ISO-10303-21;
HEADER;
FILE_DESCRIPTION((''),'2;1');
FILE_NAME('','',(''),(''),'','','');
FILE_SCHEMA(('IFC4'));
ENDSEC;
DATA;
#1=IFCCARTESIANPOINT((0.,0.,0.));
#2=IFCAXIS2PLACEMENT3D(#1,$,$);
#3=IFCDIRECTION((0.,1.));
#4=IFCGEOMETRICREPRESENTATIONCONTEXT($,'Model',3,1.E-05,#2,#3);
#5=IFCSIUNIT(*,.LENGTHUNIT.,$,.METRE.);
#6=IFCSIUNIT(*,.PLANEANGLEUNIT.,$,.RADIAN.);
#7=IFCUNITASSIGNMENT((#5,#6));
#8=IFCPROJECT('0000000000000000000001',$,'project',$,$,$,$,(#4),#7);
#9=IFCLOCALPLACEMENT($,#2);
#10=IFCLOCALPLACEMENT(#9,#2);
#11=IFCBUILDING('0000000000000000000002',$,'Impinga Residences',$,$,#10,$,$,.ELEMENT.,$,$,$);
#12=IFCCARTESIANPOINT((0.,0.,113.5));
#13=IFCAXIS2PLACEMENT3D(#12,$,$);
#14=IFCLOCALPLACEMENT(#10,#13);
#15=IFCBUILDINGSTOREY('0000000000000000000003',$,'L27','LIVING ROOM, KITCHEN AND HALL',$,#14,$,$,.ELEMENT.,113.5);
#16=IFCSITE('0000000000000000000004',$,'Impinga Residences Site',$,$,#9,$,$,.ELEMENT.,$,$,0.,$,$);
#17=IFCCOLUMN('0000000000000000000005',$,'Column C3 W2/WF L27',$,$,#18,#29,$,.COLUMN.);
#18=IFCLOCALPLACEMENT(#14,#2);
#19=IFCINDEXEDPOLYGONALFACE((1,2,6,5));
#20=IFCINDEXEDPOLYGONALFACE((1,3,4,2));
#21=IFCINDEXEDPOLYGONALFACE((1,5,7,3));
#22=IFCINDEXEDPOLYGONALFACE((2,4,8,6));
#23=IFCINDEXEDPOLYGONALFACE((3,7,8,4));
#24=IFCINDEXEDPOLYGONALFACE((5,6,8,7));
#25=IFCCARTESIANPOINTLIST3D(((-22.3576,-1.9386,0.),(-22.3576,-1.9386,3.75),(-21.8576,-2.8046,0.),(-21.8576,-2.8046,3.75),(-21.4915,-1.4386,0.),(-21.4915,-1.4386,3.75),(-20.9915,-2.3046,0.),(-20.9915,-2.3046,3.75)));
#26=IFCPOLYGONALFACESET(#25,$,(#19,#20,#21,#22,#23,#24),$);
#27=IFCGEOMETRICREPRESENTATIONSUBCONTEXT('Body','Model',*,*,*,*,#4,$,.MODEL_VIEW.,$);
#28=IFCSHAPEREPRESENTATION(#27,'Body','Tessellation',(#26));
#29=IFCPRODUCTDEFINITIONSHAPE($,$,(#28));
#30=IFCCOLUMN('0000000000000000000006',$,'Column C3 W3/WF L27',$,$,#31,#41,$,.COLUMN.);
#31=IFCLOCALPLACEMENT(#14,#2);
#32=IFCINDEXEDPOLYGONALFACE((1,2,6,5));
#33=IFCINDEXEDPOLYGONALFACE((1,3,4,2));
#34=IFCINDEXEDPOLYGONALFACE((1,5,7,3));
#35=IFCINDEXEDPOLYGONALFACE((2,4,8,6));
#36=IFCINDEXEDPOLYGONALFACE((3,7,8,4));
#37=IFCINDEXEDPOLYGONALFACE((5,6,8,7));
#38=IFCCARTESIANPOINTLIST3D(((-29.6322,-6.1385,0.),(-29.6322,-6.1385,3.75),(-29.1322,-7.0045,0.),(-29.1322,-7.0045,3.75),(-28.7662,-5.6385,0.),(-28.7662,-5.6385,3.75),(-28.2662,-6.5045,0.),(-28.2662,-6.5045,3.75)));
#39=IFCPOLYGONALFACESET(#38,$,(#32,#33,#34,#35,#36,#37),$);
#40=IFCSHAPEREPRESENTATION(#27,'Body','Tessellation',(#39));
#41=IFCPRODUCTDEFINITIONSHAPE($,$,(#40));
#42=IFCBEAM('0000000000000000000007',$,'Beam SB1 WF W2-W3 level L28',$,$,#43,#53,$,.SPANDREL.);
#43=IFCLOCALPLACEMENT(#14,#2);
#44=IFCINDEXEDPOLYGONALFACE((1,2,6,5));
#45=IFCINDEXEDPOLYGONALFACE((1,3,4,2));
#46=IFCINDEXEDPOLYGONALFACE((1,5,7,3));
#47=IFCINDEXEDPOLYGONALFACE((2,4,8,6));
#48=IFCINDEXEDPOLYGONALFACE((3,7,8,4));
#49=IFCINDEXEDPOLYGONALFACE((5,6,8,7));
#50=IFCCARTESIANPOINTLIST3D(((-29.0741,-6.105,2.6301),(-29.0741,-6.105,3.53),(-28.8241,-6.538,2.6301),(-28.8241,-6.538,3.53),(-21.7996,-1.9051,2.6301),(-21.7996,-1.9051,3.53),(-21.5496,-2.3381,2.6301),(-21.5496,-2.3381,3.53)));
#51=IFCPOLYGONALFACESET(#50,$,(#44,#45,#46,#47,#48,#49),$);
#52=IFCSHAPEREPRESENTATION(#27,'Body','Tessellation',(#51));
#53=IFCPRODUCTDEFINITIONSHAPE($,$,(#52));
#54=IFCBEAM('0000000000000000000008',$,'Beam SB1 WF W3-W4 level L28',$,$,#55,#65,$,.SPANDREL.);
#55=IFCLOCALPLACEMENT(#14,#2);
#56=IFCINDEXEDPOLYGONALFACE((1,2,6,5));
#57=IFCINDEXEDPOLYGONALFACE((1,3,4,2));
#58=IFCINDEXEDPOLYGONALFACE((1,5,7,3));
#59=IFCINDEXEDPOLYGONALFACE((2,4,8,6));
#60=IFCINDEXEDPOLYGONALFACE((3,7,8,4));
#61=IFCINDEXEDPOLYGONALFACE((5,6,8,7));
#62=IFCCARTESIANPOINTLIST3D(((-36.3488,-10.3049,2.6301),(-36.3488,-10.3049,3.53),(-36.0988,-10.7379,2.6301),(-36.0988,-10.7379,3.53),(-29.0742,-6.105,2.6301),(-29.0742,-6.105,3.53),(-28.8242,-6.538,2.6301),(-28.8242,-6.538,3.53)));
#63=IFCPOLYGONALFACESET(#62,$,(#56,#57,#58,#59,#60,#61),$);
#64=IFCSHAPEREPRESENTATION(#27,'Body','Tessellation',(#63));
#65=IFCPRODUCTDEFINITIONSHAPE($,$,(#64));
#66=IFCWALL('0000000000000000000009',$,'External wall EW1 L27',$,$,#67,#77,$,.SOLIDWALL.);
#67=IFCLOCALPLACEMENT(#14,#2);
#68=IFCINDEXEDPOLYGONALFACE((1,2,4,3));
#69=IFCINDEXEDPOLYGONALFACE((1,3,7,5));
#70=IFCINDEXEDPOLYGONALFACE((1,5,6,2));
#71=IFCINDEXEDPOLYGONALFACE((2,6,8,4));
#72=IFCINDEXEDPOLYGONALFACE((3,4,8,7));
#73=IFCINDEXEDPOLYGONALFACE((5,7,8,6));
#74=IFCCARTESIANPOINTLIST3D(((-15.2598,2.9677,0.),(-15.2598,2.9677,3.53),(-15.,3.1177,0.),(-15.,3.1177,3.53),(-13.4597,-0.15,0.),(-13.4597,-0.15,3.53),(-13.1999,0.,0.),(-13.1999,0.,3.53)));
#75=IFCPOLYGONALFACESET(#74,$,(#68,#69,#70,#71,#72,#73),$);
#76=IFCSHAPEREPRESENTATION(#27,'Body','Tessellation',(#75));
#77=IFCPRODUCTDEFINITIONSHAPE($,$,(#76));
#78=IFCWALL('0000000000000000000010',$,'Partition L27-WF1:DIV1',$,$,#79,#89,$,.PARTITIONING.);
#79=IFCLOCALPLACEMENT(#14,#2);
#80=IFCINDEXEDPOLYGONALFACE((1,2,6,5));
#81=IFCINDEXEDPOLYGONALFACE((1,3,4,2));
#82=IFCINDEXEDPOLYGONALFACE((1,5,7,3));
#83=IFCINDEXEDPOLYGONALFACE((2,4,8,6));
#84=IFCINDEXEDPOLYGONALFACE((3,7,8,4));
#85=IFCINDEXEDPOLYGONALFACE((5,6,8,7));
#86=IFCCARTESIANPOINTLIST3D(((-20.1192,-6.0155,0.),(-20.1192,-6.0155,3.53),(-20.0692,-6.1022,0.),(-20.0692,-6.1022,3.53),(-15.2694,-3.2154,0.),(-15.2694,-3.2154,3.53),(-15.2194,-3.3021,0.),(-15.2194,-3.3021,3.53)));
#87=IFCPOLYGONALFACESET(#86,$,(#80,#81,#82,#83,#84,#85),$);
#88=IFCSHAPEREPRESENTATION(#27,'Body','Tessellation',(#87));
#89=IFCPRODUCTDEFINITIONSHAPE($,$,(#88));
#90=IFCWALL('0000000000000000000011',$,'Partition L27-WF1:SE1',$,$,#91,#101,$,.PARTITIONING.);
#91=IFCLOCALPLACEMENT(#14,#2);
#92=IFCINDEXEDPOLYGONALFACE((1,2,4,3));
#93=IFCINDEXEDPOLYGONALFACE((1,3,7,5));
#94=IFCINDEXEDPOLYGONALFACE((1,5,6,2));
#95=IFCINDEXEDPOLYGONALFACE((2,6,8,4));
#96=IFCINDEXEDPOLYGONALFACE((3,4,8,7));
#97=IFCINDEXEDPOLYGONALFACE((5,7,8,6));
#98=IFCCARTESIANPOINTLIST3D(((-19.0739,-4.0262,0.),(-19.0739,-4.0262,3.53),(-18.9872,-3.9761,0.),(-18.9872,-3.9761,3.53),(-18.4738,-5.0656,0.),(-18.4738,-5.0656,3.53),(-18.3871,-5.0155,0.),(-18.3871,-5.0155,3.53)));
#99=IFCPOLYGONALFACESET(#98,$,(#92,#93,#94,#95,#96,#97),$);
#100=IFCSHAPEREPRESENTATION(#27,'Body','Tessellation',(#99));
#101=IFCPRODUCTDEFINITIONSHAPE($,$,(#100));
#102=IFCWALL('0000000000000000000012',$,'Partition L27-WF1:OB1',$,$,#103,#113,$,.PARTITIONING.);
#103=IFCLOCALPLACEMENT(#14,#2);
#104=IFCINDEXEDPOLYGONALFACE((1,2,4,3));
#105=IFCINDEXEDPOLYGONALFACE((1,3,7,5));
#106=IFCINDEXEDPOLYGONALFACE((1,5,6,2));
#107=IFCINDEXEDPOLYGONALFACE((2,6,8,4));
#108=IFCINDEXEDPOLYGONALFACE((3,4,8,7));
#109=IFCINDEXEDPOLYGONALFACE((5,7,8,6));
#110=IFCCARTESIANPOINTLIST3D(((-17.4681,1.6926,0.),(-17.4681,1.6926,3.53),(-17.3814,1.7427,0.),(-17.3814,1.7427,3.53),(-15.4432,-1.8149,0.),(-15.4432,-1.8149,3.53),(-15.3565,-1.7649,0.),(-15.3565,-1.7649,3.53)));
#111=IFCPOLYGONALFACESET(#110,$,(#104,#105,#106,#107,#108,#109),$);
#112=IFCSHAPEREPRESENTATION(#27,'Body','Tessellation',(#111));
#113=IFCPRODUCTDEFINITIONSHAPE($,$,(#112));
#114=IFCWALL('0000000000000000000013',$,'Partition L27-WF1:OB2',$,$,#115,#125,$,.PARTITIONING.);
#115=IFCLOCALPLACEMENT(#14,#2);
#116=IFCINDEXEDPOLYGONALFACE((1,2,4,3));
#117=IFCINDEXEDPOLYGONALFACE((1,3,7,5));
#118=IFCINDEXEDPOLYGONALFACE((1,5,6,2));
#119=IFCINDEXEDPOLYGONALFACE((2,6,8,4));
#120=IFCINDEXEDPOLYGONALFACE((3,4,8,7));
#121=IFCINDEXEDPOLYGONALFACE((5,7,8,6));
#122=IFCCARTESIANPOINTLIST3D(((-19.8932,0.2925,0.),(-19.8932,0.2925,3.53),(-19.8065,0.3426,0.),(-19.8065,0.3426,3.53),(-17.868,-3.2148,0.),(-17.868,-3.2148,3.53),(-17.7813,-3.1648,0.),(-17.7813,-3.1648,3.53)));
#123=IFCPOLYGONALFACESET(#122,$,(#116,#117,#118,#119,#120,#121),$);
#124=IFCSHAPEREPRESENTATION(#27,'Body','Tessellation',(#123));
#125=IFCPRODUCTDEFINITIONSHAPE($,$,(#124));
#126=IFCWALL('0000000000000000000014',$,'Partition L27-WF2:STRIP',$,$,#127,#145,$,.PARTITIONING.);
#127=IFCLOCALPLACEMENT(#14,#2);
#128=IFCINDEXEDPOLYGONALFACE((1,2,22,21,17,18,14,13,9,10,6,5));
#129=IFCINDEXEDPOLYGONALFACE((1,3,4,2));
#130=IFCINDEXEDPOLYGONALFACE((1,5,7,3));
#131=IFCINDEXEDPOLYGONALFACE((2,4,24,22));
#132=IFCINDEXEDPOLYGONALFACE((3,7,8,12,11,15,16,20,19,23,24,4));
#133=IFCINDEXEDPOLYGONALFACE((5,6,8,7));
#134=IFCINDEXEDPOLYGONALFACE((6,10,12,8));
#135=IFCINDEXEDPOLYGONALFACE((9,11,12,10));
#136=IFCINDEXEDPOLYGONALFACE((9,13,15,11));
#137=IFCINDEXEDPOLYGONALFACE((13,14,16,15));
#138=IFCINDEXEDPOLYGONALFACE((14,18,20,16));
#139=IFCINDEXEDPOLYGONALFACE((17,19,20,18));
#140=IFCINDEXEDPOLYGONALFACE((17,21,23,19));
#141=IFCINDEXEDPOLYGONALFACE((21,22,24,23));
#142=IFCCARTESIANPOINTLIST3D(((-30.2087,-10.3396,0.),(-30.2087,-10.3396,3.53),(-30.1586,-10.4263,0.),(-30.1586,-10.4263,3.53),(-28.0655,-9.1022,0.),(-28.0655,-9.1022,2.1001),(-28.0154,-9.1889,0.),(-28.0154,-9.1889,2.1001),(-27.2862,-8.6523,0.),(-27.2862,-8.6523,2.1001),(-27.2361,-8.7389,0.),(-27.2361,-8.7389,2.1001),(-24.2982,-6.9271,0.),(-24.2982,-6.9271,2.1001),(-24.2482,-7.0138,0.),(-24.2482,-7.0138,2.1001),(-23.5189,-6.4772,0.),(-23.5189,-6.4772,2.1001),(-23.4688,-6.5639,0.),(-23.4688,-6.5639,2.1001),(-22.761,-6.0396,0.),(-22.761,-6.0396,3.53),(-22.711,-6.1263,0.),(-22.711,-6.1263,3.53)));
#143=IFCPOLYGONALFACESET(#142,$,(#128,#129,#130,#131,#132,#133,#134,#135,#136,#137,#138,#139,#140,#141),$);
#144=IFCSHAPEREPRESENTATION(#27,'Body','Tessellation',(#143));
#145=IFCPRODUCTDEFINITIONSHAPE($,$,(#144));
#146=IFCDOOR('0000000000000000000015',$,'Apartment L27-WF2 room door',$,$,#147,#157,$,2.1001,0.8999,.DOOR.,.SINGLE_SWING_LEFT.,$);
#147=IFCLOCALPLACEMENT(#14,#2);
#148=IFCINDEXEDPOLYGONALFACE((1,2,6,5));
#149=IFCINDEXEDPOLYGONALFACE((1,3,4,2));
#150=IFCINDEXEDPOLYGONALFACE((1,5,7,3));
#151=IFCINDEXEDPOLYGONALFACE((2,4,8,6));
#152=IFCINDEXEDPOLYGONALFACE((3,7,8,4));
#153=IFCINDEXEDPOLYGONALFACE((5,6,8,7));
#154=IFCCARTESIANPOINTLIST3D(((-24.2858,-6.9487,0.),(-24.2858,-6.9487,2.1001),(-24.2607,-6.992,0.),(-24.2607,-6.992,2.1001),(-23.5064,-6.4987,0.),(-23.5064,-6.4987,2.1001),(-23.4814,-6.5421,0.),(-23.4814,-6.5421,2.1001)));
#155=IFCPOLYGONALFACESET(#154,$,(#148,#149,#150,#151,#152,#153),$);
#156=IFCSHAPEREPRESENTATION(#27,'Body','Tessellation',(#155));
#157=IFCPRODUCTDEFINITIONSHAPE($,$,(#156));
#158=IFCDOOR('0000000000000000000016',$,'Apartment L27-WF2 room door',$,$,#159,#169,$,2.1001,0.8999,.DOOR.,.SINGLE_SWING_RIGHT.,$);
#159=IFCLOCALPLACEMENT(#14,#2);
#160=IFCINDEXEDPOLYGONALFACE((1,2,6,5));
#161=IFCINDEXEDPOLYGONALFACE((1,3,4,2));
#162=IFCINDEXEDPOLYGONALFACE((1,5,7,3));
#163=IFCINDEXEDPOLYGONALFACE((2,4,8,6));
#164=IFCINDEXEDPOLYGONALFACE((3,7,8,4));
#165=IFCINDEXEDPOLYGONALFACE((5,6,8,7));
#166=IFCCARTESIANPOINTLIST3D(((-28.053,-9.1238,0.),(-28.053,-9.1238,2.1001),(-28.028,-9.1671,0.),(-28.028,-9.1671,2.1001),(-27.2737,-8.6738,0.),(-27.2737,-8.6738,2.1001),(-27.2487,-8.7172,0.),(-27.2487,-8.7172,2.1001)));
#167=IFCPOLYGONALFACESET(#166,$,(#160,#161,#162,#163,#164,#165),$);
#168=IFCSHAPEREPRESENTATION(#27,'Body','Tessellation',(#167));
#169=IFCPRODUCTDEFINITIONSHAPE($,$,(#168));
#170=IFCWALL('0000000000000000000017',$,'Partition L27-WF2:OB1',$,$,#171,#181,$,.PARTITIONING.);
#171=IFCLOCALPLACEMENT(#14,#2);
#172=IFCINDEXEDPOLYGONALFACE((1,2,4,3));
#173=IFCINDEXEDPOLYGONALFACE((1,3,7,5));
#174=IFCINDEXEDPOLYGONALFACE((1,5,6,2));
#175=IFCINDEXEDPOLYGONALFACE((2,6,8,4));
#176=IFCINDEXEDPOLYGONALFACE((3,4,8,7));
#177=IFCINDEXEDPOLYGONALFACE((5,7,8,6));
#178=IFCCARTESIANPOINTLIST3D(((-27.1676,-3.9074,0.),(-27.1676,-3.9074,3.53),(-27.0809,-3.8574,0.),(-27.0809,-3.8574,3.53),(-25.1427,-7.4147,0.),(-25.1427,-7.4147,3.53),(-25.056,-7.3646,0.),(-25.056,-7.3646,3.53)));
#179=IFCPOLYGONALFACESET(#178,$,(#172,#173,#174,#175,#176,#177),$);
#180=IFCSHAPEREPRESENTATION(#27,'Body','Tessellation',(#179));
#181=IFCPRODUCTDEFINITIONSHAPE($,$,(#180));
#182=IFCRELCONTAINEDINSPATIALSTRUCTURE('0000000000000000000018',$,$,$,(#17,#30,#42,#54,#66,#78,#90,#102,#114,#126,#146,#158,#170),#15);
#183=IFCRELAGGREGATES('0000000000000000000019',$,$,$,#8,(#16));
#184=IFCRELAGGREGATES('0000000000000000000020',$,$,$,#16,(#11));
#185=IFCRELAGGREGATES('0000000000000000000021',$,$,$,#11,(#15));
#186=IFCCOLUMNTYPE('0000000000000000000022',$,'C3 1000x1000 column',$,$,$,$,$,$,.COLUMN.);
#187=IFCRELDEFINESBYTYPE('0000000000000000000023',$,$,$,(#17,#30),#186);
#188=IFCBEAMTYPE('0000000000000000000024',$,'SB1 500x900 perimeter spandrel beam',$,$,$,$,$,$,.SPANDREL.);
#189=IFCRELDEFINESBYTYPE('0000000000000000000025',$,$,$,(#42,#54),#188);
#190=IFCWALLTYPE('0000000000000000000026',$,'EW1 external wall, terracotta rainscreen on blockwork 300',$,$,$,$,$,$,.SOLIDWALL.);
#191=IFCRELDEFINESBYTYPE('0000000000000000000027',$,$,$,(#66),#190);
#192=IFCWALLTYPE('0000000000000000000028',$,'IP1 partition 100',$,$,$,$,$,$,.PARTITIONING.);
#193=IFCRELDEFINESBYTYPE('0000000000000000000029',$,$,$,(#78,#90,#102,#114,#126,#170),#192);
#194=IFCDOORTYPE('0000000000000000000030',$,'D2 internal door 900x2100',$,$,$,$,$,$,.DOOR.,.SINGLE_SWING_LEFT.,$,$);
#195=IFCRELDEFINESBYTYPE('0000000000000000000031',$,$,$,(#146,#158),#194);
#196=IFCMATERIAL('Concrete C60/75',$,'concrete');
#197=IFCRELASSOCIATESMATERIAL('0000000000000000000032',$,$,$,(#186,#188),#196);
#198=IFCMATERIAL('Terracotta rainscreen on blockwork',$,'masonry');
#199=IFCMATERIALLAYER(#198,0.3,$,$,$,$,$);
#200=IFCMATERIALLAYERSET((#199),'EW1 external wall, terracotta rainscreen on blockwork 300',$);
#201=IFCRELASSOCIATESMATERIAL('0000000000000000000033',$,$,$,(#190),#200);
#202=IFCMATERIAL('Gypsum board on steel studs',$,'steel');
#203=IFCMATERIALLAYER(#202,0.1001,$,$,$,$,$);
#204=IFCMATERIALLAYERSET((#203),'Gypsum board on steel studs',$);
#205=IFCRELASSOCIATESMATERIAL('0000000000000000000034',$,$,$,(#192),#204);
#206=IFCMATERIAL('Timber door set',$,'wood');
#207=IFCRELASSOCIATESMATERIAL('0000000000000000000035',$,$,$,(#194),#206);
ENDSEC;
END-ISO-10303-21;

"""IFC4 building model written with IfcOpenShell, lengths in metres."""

from ifc_helpers import new_model, si_unit, direction, frame, frame_2d, origin, origin_2d, place, context, subcontext, project, spatial, rectangle, extrude, material, layer, layer_set, material_profile, profile_set, type_object, element, fill, save


model = new_model("IFC4")

# Units and contexts
model_context = context("Model", 3, precision=1e-05, world=origin(), true_north=direction((0.0, 1.0)))
body_context = subcontext(model_context, "Body", "Model", "MODEL_VIEW")
ifc_project = project(units=[si_unit("LENGTHUNIT", "METRE"), si_unit("PLANEANGLEUNIT", "RADIAN")], contexts=[model_context])

# Site, building, storey
site_placement = place(None, origin())
site = spatial("IfcSite", under=ifc_project, at=site_placement, Name="Impinga Residences Site", CompositionType="ELEMENT", RefElevation=0.0)
building_placement = place(site_placement, origin())
building = spatial("IfcBuilding", under=site, at=building_placement, Name="Impinga Residences", CompositionType="ELEMENT")
storey_placement = place(building_placement, frame((0.0, 0.0, 113.5)))
storey = spatial("IfcBuildingStorey", under=building, at=storey_placement, Name="L27", Description="LIVING ROOM, KITCHEN AND HALL", CompositionType="ELEMENT", Elevation=113.5)

# Columns
ifc_material_1 = material(Name="Concrete C60/75", Category="concrete")
ifc_material_profile_1 = material_profile(ifc_material_1, rectangle(XDim=1.0, YDim=1.0, at=origin_2d()), Name="RC 1000x1000")
ifc_profile_set_1 = profile_set([ifc_material_profile_1], Name="Concrete C60/75")
column_type = type_object("IfcColumnType", Name="C3 1000x1000 column", PredefinedType="COLUMN", material=ifc_profile_set_1)
for number, where, z_axis, x_axis, name in (
    (1, (-21.6746, -2.1216, 0.0), (0.0, 0.0, 1.0), (-0.5, 0.866025, 0.0), "Column C3 W2/WF L27"),
    (2, (-28.9492, -6.3215, 0.0), (0.0, 0.0, 1.0), (-0.5, 0.866025, 0.0), "Column C3 W3/WF L27"),
):
    element("IfcColumn", number, at=place(storey_placement, frame(where, z_axis=z_axis, x_axis=x_axis)), inside=storey, type_object=column_type, Name=name, PredefinedType="COLUMN", context=body_context, shape_type="SweptSolid", body=[
        extrude(rectangle(XDim=1.0, YDim=1.0, at=origin_2d()), origin(), (0.0, 0.0, 1.0), 3.75),
    ])

# Beams
ifc_material_profile_2 = material_profile(ifc_material_1, rectangle(XDim=0.5, YDim=0.8999, at=origin_2d()), Name="RC 500x900")
ifc_profile_set_2 = profile_set([ifc_material_profile_2], Name="Concrete C60/75")
beam_type = type_object("IfcBeamType", Name="SB1 500x900 perimeter spandrel beam", PredefinedType="SPANDREL", material=ifc_profile_set_2)
for number, where, z_axis, x_axis, name in (
    (3, (-21.6746, -2.1216, 3.0801), (-0.866029, -0.499993, 0.0), (0.499993, -0.866029, 0.0), "Beam SB1 WF W2-W3 level L28"),
    (4, (-28.9492, -6.3215, 3.0801), (-0.866029, -0.499993, 0.0), (0.499993, -0.866029, 0.0), "Beam SB1 WF W3-W4 level L28"),
):
    element("IfcBeam", number, at=place(storey_placement, frame(where, z_axis=z_axis, x_axis=x_axis)), inside=storey, type_object=beam_type, Name=name, PredefinedType="SPANDREL", context=body_context, shape_type="SweptSolid", body=[
        extrude(rectangle(XDim=0.5, YDim=0.8999, at=origin_2d()), origin(), (0.0, 0.0, 1.0), 8.3999),
    ])

# Walls
ifc_material_2 = material(Name="Terracotta rainscreen on blockwork", Category="masonry")
ifc_layer_1 = layer(ifc_material_2, 0.3)
ifc_layer_set_1 = layer_set([ifc_layer_1], Name="EW1 external wall, terracotta rainscreen on blockwork 300")
wall_type_1 = type_object("IfcWallType", Name="EW1 external wall, terracotta rainscreen on blockwork 300", PredefinedType="SOLIDWALL", material=ifc_layer_set_1)
wall_1_placement = place(storey_placement, frame((-15.1299, 3.0427, 0.0), z_axis=(0.0, 0.0, 1.0), x_axis=(0.500012, -0.866018, 0.0)))
element("IfcWall", 5, at=wall_1_placement, inside=storey, type_object=wall_type_1, Name="External wall EW1 L27", PredefinedType="SOLIDWALL", context=body_context, shape_type="SweptSolid", body=[
    extrude(rectangle(XDim=3.6001, YDim=0.3, at=frame_2d((1.8, 0.0))), origin(), (0.0, 0.0, 1.0), 3.53),
])
ifc_material_3 = material(Name="Gypsum board on steel studs", Category="steel")
ifc_layer_2 = layer(ifc_material_3, 0.1001)
ifc_layer_set_2 = layer_set([ifc_layer_2], Name="Gypsum board on steel studs")
wall_type_2 = type_object("IfcWallType", Name="IP1 partition 100", PredefinedType="PARTITIONING", material=ifc_layer_set_2)
wall_2_placement = place(storey_placement, frame((-15.2444, -3.2588, 0.0), z_axis=(0.0, 0.0, 1.0), x_axis=(-0.866027, -0.499998, 0.0)))
element("IfcWall", 6, at=wall_2_placement, inside=storey, type_object=wall_type_2, Name="Partition L27-WF1:DIV1", PredefinedType="PARTITIONING", context=body_context, shape_type="SweptSolid", body=[
    extrude(rectangle(XDim=5.6001, YDim=0.1001, at=frame_2d((2.8, 0.0))), origin(), (0.0, 0.0, 1.0), 3.53),
])
wall_3_placement = place(storey_placement, frame((-18.4304, -5.0405, 0.0), z_axis=(0.0, 0.0, 1.0), x_axis=(-0.500034, 0.866006, 0.0)))
element("IfcWall", 7, at=wall_3_placement, inside=storey, type_object=wall_type_2, Name="Partition L27-WF1:SE1", PredefinedType="PARTITIONING", context=body_context, shape_type="SweptSolid", body=[
    extrude(rectangle(XDim=1.2002, YDim=0.1001, at=frame_2d((0.6001, 0.0))), origin(), (0.0, 0.0, 1.0), 3.53),
])
for number, where, z_axis, x_axis, name in (
    (8, (-15.3999, -1.7898, 0.0), (0.0, 0.0, 1.0), (-0.499964, 0.866046, 0.0), "Partition L27-WF1:OB1"),
    (9, (-17.8247, -3.1897, 0.0), (0.0, 0.0, 1.0), (-0.500036, 0.866005, 0.0), "Partition L27-WF1:OB2"),
):
    element("IfcWall", number, at=place(storey_placement, frame(where, z_axis=z_axis, x_axis=x_axis)), inside=storey, type_object=wall_type_2, Name=name, PredefinedType="PARTITIONING", context=body_context, shape_type="SweptSolid", body=[
        extrude(rectangle(XDim=4.05, YDim=0.1001, at=frame_2d((2.0249, 0.0))), origin(), (0.0, 0.0, 1.0), 3.53),
    ])

# Wall, openings, doors
wall_4_placement = place(storey_placement, frame((-22.7361, -6.083, 0.0), z_axis=(0.0, 0.0, 1.0), x_axis=(-0.866021, -0.500008, 0.0)))
wall_4 = element("IfcWall", 10, at=wall_4_placement, inside=storey, type_object=wall_type_2, Name="Partition L27-WF2:STRIP", PredefinedType="PARTITIONING", context=body_context, shape_type="SweptSolid", body=[
    extrude(rectangle(XDim=8.5999, YDim=0.1001, at=frame_2d((4.2998, 0.0))), origin(), (0.0, 0.0, 1.0), 3.53),
])
opening_1_placement = place(wall_4_placement, frame((0.875, 0.0, 0.0)))
opening_1 = element("IfcOpeningElement", 11, at=opening_1_placement, cuts=wall_4, PredefinedType="OPENING", context=body_context, shape_type="SweptSolid", body=[
    extrude(rectangle(XDim=0.8999, YDim=2.1001, at=frame_2d((0.45, 1.05))), frame((0.0, 0.0601, 0.0), z_axis=(0.0, -1.0, 0.0), x_axis=(1.0, 0.0, 0.0)), (0.0, 0.0, 1.0), 0.1201),
])
opening_2_placement = place(wall_4_placement, frame((5.2251, 0.0, 0.0)))
opening_2 = element("IfcOpeningElement", 12, at=opening_2_placement, cuts=wall_4, PredefinedType="OPENING", context=body_context, shape_type="SweptSolid", body=[
    extrude(rectangle(XDim=0.8999, YDim=2.1001, at=frame_2d((0.45, 1.05))), frame((0.0, 0.0601, 0.0), z_axis=(0.0, -1.0, 0.0), x_axis=(1.0, 0.0, 0.0)), (0.0, 0.0, 1.0), 0.1201),
])
ifc_material_4 = material(Name="Timber door set", Category="wood")
door_type = type_object("IfcDoorType", Name="D2 internal door 900x2100", OperationType="SINGLE_SWING_LEFT", PredefinedType="DOOR", material=ifc_material_4)
door_1_placement = place(opening_1_placement, origin())
door_1 = element("IfcDoor", 13, at=door_1_placement, inside=storey, type_object=door_type, Name="Apartment L27-WF2 room door", OperationType="SINGLE_SWING_LEFT", OverallHeight=2.1001, OverallWidth=0.8999, PredefinedType="DOOR", context=body_context, shape_type="SweptSolid", body=[
    extrude(rectangle(XDim=0.8999, YDim=2.1001, at=frame_2d((0.45, 1.05))), frame((0.0, 0.0249, 0.0), z_axis=(0.0, -1.0, 0.0), x_axis=(1.0, 0.0, 0.0)), (0.0, 0.0, 1.0), 0.05),
])
fill(opening_1, door_1)
door_2_placement = place(opening_2_placement, origin())
door_2 = element("IfcDoor", 14, at=door_2_placement, inside=storey, type_object=door_type, Name="Apartment L27-WF2 room door", OperationType="SINGLE_SWING_RIGHT", OverallHeight=2.1001, OverallWidth=0.8999, PredefinedType="DOOR", context=body_context, shape_type="SweptSolid", body=[
    extrude(rectangle(XDim=0.8999, YDim=2.1001, at=frame_2d((0.45, 1.05))), frame((0.0, 0.0249, 0.0), z_axis=(0.0, -1.0, 0.0), x_axis=(1.0, 0.0, 0.0)), (0.0, 0.0, 1.0), 0.05),
])
fill(opening_2, door_2)

# Wall
wall_5_placement = place(storey_placement, frame((-25.0994, -7.3896, 0.0), z_axis=(0.0, 0.0, 1.0), x_axis=(-0.49999, 0.866031, 0.0)))
element("IfcWall", 15, at=wall_5_placement, inside=storey, type_object=wall_type_2, Name="Partition L27-WF2:OB1", PredefinedType="PARTITIONING", context=body_context, shape_type="SweptSolid", body=[
    extrude(rectangle(XDim=4.0498, YDim=0.1001, at=frame_2d((2.0249, 0.0))), origin(), (0.0, 0.0, 1.0), 3.53),
])

save(model, "model.ifc")
